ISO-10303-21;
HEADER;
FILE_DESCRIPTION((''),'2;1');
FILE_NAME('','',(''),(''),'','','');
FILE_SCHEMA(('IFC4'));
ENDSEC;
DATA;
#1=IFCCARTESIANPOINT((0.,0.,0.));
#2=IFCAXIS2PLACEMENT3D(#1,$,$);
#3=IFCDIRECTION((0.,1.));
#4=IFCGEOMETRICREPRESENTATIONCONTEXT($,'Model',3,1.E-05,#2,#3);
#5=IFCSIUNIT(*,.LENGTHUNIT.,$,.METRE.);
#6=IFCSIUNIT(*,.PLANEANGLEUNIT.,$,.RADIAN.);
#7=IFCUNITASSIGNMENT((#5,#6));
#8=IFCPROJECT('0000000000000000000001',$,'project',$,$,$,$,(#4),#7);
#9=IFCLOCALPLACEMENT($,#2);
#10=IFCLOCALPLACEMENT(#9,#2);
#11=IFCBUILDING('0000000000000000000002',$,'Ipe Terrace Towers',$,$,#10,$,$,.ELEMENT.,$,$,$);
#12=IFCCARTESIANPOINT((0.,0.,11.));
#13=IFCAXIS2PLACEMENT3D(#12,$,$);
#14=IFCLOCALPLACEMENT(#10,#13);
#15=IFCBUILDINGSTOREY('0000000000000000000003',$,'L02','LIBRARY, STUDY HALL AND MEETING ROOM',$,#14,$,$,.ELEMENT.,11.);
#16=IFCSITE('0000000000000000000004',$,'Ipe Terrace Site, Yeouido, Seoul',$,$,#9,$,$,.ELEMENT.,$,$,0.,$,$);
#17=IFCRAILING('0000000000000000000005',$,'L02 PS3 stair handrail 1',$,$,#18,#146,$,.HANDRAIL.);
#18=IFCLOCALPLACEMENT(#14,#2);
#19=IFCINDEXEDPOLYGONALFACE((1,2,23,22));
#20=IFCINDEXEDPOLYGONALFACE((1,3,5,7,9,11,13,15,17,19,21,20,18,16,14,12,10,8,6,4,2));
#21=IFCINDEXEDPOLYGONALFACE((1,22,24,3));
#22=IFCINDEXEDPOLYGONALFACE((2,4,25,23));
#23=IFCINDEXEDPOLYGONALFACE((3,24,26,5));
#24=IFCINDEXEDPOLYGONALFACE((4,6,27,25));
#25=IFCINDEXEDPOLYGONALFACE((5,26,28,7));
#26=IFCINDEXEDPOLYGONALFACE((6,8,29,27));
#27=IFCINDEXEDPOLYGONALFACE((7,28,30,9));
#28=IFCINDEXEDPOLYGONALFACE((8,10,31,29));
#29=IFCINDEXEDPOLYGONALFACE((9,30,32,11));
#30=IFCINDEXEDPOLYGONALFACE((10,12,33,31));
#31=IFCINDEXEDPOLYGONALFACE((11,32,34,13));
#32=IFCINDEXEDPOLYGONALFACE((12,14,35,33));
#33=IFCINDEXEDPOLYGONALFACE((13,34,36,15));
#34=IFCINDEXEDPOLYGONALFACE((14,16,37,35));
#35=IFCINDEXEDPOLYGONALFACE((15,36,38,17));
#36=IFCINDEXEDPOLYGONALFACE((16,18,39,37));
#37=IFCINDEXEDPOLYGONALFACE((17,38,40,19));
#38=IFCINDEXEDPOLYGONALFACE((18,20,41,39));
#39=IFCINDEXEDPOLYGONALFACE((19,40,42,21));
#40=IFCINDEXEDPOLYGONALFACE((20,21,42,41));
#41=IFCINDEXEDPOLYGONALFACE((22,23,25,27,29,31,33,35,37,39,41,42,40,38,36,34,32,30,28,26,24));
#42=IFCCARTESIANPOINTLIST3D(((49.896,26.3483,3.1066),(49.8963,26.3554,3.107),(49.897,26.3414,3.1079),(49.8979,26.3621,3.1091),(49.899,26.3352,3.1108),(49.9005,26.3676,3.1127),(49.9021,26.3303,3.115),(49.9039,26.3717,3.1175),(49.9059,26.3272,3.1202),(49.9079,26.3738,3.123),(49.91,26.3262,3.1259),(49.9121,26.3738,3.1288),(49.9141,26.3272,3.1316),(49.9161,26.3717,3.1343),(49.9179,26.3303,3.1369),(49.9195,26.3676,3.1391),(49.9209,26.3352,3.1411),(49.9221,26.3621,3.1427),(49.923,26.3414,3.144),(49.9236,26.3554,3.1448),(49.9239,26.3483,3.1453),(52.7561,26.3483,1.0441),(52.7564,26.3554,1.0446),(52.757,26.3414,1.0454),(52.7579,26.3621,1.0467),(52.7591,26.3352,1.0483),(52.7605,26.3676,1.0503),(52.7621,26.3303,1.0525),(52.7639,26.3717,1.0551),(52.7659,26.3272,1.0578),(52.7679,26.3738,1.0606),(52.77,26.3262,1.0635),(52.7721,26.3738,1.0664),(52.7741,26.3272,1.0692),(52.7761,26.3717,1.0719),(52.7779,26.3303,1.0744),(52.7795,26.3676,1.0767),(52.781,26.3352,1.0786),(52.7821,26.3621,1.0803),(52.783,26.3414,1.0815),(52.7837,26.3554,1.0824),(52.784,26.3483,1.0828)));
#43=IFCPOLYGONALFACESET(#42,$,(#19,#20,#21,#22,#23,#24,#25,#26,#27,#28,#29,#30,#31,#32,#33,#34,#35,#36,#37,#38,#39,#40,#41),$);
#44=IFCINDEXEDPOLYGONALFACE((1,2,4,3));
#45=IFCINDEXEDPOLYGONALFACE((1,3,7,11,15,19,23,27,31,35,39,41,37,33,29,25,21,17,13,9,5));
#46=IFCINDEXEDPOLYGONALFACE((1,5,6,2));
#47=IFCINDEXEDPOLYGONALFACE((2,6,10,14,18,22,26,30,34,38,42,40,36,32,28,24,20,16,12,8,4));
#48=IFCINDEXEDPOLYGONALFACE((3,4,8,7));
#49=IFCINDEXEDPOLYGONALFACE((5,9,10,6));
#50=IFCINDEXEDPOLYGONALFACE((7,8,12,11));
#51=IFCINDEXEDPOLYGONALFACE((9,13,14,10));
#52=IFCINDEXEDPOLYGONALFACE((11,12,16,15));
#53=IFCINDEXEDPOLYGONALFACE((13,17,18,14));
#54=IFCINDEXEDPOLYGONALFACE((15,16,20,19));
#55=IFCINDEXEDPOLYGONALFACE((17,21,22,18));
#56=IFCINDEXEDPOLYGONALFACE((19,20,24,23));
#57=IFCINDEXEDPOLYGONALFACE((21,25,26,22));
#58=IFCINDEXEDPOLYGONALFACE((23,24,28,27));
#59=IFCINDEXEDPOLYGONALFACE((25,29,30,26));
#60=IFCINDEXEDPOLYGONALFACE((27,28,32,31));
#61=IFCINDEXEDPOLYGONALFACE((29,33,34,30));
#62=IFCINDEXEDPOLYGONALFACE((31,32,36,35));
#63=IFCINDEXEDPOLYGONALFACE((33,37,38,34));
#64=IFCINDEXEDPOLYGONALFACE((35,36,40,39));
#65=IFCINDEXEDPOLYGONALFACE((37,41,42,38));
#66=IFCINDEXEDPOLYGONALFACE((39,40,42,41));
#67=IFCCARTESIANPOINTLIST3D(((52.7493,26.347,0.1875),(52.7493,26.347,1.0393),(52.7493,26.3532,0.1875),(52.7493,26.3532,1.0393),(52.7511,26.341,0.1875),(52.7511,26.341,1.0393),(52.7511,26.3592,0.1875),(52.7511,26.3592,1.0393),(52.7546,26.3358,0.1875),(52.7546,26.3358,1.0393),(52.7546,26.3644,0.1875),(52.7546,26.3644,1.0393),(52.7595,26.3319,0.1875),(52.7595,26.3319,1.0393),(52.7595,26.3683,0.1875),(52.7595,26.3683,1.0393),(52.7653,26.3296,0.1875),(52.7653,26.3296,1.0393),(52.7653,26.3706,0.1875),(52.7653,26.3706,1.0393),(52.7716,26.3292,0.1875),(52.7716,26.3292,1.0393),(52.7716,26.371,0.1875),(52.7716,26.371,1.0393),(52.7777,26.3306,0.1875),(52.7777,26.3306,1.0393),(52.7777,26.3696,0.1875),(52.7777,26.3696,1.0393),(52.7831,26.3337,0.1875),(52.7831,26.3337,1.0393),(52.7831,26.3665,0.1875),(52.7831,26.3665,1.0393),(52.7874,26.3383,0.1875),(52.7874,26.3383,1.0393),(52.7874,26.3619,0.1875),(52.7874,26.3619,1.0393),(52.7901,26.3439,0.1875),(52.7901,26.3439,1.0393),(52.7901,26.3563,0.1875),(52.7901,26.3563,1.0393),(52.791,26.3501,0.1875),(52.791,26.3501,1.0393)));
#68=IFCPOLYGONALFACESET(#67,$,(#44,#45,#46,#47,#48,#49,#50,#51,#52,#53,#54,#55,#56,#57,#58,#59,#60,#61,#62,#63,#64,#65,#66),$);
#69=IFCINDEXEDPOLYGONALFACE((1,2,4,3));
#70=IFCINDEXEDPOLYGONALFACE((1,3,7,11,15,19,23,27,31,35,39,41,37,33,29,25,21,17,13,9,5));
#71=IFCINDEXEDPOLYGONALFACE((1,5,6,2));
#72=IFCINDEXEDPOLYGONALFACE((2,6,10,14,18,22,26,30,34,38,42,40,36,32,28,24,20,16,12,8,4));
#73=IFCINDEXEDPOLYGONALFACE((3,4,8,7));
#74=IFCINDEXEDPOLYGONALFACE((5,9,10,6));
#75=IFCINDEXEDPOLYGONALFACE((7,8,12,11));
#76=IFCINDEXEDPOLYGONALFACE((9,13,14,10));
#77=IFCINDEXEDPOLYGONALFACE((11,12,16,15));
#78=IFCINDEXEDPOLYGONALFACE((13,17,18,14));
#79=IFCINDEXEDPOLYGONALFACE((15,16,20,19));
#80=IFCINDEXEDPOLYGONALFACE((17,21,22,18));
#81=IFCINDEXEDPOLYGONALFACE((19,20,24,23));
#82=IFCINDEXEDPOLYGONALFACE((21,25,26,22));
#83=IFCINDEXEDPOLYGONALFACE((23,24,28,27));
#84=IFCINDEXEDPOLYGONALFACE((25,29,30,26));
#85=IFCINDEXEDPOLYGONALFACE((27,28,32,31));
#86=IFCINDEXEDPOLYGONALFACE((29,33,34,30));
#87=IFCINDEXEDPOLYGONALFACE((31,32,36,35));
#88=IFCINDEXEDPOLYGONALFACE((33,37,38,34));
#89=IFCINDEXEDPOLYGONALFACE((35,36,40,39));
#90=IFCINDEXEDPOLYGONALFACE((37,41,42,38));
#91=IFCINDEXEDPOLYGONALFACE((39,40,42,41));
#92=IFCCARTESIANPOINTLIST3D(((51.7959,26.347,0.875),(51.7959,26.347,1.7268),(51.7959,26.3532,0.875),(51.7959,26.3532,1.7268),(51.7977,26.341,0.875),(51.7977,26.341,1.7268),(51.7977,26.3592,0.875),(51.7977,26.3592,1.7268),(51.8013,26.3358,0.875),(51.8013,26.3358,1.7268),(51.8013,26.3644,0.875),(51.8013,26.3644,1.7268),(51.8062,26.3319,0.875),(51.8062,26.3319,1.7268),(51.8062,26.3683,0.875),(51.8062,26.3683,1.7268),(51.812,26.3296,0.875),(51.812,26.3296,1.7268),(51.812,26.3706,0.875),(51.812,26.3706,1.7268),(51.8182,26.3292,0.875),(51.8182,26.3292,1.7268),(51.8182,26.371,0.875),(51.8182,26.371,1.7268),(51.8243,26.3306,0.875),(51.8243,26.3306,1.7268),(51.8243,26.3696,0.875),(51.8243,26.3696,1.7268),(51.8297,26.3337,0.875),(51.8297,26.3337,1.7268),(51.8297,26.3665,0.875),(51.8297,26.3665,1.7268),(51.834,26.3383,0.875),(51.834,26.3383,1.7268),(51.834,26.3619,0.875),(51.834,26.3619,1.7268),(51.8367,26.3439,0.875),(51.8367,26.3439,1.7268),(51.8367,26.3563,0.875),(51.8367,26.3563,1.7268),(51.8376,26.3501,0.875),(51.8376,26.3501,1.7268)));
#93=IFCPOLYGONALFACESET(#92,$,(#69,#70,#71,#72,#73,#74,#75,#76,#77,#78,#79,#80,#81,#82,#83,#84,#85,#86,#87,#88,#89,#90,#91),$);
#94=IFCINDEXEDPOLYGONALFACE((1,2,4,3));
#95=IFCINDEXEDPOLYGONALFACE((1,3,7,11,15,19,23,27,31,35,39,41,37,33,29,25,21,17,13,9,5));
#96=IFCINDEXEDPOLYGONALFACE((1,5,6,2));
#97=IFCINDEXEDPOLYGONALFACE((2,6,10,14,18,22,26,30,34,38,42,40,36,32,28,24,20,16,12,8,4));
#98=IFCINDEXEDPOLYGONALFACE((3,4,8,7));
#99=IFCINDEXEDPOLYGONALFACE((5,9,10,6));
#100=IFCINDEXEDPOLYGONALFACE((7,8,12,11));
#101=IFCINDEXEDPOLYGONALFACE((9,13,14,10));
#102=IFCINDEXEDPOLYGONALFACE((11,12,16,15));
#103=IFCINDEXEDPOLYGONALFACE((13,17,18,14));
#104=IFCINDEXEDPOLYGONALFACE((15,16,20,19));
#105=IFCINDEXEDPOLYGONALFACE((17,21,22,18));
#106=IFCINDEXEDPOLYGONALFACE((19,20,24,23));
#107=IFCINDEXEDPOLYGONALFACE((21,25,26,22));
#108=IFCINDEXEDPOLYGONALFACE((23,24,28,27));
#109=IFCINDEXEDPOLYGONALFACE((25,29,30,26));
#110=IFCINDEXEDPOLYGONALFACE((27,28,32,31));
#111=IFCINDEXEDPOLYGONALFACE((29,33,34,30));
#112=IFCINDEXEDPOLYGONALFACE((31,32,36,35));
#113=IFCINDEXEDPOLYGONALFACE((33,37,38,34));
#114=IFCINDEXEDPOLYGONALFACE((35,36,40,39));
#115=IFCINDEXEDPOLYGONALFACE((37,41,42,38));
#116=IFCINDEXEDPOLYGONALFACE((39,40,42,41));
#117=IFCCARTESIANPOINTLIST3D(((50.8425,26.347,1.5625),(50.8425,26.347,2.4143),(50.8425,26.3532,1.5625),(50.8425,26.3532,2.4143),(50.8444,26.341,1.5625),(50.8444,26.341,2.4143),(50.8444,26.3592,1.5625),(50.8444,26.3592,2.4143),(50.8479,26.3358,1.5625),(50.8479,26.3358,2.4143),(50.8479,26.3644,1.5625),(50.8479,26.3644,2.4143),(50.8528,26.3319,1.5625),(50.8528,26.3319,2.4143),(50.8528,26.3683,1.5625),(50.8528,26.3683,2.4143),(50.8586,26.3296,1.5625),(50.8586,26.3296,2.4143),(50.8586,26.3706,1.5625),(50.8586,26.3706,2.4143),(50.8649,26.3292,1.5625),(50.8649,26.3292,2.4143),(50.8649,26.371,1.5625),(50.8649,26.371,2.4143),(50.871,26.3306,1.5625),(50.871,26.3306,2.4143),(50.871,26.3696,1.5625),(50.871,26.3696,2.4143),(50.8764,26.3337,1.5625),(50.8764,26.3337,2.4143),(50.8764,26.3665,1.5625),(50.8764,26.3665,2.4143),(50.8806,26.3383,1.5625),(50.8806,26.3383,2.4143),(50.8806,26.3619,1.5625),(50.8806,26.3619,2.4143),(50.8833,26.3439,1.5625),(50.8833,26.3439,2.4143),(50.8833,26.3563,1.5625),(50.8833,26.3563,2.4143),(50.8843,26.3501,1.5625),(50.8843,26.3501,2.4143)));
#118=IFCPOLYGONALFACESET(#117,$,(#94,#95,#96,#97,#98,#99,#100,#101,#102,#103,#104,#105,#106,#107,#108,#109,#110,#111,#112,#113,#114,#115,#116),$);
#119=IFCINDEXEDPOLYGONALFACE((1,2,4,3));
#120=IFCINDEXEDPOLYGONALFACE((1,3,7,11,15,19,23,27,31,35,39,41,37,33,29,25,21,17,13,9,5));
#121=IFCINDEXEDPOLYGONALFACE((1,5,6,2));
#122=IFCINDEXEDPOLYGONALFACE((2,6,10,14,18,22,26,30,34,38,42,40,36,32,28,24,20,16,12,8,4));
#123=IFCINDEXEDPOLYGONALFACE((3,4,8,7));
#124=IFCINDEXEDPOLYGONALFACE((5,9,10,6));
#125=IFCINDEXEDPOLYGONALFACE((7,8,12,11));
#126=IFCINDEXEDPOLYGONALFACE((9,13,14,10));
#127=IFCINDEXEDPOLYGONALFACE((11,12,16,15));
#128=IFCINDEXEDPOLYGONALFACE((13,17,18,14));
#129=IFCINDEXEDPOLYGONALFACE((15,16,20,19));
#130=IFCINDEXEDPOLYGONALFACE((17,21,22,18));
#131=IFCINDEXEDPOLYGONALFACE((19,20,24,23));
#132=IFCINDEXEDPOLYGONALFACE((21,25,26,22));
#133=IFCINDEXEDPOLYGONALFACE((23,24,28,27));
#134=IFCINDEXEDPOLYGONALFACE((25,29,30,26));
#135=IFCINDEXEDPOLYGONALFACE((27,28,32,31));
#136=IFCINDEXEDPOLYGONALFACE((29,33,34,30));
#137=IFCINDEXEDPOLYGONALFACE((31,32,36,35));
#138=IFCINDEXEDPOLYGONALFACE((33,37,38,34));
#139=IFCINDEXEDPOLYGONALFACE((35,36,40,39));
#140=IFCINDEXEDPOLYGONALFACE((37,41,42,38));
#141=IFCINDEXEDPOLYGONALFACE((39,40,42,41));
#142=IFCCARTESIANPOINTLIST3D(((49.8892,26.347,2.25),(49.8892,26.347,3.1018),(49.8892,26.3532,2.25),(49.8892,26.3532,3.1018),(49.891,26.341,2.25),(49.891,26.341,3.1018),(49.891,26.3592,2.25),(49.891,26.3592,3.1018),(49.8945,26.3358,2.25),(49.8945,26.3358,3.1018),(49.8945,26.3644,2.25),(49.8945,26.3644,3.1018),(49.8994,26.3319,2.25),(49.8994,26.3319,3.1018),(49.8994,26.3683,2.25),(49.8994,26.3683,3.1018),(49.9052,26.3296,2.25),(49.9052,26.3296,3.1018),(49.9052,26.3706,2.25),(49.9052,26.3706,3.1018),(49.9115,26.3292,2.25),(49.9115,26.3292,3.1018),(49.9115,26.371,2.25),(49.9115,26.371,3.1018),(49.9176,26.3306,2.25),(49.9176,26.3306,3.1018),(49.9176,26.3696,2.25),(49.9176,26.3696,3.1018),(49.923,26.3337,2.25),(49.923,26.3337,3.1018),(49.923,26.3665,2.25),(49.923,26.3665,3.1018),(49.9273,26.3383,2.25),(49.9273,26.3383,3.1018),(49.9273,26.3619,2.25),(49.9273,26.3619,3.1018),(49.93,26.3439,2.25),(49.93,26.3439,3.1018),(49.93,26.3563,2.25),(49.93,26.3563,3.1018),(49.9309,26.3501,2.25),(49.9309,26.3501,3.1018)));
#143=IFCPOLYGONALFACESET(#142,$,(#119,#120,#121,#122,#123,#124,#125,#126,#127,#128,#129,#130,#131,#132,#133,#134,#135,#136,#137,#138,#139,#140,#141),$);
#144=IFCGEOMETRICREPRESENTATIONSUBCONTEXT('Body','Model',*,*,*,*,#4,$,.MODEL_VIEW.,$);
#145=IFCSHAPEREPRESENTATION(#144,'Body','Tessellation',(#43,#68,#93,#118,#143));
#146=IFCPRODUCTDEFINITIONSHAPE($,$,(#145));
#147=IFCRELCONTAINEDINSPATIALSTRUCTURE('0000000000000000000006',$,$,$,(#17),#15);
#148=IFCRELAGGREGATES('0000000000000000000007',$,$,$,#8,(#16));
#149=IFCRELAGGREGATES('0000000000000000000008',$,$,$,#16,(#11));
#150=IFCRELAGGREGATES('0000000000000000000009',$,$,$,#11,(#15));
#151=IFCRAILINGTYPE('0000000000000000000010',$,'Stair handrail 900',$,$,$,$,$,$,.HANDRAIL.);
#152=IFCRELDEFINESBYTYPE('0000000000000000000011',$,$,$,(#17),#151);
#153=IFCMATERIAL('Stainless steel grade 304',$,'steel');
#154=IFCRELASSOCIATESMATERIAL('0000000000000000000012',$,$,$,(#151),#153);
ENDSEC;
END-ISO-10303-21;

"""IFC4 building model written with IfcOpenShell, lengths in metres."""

from ifc_helpers import new_model, si_unit, direction, frame, origin, origin_2d, place, context, subcontext, project, spatial, circle, extrude, material, type_object, element, save


model = new_model("IFC4")

# Units and contexts
model_context = context("Model", 3, precision=1e-05, world=origin(), true_north=direction((0.0, 1.0)))
body_context = subcontext(model_context, "Body", "Model", "MODEL_VIEW")
ifc_project = project(units=[si_unit("LENGTHUNIT", "METRE"), si_unit("PLANEANGLEUNIT", "RADIAN")], contexts=[model_context])

# Site, building, storey
site_placement = place(None, origin())
site = spatial("IfcSite", under=ifc_project, at=site_placement, Name="Ipe Terrace Site, Yeouido, Seoul", CompositionType="ELEMENT", RefElevation=0.0)
building_placement = place(site_placement, origin())
building = spatial("IfcBuilding", under=site, at=building_placement, Name="Ipe Terrace Towers", CompositionType="ELEMENT")
storey_placement = place(building_placement, frame((0.0, 0.0, 11.0)))
storey = spatial("IfcBuildingStorey", under=building, at=storey_placement, Name="L02", Description="LIBRARY, STUDY HALL AND MEETING ROOM", CompositionType="ELEMENT", Elevation=11.0)

# Railing
ifc_material_1 = material(Name="Stainless steel grade 304", Category="steel")
railing_type_1 = type_object("IfcRailingType", Name="Stair handrail 900", PredefinedType="HANDRAIL", material=ifc_material_1)
railing_1_placement = place(storey_placement, frame((52.77, 26.3501, 0.1875)))
element("IfcRailing", 1, at=railing_1_placement, inside=storey, type_object=railing_type_1, Name="L02 PS3 stair handrail 1", PredefinedType="HANDRAIL", context=body_context, shape_type="SweptSolid", body=[
    extrude(circle(Radius=0.0239, at=origin_2d()), frame((0.0, 0.0, 0.876), z_axis=(-0.811101, 0.0, 0.584906), x_axis=(0.0, -1.0, 0.0)), (0.0, 0.0, 1.0), 3.5261),
    extrude(circle(Radius=0.021, at=origin_2d()), origin(), (0.0, 0.0, 1.0), 0.8518),
    extrude(circle(Radius=0.021, at=origin_2d()), frame((-0.9534, 0.0, 0.6875)), (0.0, 0.0, 1.0), 0.8518),
    extrude(circle(Radius=0.021, at=origin_2d()), frame((-1.9067, 0.0, 1.375)), (0.0, 0.0, 1.0), 0.8518),
    extrude(circle(Radius=0.021, at=origin_2d()), frame((-2.8601, 0.0, 2.0625)), (0.0, 0.0, 1.0), 0.8518),
])

save(model, "model.ifc")
